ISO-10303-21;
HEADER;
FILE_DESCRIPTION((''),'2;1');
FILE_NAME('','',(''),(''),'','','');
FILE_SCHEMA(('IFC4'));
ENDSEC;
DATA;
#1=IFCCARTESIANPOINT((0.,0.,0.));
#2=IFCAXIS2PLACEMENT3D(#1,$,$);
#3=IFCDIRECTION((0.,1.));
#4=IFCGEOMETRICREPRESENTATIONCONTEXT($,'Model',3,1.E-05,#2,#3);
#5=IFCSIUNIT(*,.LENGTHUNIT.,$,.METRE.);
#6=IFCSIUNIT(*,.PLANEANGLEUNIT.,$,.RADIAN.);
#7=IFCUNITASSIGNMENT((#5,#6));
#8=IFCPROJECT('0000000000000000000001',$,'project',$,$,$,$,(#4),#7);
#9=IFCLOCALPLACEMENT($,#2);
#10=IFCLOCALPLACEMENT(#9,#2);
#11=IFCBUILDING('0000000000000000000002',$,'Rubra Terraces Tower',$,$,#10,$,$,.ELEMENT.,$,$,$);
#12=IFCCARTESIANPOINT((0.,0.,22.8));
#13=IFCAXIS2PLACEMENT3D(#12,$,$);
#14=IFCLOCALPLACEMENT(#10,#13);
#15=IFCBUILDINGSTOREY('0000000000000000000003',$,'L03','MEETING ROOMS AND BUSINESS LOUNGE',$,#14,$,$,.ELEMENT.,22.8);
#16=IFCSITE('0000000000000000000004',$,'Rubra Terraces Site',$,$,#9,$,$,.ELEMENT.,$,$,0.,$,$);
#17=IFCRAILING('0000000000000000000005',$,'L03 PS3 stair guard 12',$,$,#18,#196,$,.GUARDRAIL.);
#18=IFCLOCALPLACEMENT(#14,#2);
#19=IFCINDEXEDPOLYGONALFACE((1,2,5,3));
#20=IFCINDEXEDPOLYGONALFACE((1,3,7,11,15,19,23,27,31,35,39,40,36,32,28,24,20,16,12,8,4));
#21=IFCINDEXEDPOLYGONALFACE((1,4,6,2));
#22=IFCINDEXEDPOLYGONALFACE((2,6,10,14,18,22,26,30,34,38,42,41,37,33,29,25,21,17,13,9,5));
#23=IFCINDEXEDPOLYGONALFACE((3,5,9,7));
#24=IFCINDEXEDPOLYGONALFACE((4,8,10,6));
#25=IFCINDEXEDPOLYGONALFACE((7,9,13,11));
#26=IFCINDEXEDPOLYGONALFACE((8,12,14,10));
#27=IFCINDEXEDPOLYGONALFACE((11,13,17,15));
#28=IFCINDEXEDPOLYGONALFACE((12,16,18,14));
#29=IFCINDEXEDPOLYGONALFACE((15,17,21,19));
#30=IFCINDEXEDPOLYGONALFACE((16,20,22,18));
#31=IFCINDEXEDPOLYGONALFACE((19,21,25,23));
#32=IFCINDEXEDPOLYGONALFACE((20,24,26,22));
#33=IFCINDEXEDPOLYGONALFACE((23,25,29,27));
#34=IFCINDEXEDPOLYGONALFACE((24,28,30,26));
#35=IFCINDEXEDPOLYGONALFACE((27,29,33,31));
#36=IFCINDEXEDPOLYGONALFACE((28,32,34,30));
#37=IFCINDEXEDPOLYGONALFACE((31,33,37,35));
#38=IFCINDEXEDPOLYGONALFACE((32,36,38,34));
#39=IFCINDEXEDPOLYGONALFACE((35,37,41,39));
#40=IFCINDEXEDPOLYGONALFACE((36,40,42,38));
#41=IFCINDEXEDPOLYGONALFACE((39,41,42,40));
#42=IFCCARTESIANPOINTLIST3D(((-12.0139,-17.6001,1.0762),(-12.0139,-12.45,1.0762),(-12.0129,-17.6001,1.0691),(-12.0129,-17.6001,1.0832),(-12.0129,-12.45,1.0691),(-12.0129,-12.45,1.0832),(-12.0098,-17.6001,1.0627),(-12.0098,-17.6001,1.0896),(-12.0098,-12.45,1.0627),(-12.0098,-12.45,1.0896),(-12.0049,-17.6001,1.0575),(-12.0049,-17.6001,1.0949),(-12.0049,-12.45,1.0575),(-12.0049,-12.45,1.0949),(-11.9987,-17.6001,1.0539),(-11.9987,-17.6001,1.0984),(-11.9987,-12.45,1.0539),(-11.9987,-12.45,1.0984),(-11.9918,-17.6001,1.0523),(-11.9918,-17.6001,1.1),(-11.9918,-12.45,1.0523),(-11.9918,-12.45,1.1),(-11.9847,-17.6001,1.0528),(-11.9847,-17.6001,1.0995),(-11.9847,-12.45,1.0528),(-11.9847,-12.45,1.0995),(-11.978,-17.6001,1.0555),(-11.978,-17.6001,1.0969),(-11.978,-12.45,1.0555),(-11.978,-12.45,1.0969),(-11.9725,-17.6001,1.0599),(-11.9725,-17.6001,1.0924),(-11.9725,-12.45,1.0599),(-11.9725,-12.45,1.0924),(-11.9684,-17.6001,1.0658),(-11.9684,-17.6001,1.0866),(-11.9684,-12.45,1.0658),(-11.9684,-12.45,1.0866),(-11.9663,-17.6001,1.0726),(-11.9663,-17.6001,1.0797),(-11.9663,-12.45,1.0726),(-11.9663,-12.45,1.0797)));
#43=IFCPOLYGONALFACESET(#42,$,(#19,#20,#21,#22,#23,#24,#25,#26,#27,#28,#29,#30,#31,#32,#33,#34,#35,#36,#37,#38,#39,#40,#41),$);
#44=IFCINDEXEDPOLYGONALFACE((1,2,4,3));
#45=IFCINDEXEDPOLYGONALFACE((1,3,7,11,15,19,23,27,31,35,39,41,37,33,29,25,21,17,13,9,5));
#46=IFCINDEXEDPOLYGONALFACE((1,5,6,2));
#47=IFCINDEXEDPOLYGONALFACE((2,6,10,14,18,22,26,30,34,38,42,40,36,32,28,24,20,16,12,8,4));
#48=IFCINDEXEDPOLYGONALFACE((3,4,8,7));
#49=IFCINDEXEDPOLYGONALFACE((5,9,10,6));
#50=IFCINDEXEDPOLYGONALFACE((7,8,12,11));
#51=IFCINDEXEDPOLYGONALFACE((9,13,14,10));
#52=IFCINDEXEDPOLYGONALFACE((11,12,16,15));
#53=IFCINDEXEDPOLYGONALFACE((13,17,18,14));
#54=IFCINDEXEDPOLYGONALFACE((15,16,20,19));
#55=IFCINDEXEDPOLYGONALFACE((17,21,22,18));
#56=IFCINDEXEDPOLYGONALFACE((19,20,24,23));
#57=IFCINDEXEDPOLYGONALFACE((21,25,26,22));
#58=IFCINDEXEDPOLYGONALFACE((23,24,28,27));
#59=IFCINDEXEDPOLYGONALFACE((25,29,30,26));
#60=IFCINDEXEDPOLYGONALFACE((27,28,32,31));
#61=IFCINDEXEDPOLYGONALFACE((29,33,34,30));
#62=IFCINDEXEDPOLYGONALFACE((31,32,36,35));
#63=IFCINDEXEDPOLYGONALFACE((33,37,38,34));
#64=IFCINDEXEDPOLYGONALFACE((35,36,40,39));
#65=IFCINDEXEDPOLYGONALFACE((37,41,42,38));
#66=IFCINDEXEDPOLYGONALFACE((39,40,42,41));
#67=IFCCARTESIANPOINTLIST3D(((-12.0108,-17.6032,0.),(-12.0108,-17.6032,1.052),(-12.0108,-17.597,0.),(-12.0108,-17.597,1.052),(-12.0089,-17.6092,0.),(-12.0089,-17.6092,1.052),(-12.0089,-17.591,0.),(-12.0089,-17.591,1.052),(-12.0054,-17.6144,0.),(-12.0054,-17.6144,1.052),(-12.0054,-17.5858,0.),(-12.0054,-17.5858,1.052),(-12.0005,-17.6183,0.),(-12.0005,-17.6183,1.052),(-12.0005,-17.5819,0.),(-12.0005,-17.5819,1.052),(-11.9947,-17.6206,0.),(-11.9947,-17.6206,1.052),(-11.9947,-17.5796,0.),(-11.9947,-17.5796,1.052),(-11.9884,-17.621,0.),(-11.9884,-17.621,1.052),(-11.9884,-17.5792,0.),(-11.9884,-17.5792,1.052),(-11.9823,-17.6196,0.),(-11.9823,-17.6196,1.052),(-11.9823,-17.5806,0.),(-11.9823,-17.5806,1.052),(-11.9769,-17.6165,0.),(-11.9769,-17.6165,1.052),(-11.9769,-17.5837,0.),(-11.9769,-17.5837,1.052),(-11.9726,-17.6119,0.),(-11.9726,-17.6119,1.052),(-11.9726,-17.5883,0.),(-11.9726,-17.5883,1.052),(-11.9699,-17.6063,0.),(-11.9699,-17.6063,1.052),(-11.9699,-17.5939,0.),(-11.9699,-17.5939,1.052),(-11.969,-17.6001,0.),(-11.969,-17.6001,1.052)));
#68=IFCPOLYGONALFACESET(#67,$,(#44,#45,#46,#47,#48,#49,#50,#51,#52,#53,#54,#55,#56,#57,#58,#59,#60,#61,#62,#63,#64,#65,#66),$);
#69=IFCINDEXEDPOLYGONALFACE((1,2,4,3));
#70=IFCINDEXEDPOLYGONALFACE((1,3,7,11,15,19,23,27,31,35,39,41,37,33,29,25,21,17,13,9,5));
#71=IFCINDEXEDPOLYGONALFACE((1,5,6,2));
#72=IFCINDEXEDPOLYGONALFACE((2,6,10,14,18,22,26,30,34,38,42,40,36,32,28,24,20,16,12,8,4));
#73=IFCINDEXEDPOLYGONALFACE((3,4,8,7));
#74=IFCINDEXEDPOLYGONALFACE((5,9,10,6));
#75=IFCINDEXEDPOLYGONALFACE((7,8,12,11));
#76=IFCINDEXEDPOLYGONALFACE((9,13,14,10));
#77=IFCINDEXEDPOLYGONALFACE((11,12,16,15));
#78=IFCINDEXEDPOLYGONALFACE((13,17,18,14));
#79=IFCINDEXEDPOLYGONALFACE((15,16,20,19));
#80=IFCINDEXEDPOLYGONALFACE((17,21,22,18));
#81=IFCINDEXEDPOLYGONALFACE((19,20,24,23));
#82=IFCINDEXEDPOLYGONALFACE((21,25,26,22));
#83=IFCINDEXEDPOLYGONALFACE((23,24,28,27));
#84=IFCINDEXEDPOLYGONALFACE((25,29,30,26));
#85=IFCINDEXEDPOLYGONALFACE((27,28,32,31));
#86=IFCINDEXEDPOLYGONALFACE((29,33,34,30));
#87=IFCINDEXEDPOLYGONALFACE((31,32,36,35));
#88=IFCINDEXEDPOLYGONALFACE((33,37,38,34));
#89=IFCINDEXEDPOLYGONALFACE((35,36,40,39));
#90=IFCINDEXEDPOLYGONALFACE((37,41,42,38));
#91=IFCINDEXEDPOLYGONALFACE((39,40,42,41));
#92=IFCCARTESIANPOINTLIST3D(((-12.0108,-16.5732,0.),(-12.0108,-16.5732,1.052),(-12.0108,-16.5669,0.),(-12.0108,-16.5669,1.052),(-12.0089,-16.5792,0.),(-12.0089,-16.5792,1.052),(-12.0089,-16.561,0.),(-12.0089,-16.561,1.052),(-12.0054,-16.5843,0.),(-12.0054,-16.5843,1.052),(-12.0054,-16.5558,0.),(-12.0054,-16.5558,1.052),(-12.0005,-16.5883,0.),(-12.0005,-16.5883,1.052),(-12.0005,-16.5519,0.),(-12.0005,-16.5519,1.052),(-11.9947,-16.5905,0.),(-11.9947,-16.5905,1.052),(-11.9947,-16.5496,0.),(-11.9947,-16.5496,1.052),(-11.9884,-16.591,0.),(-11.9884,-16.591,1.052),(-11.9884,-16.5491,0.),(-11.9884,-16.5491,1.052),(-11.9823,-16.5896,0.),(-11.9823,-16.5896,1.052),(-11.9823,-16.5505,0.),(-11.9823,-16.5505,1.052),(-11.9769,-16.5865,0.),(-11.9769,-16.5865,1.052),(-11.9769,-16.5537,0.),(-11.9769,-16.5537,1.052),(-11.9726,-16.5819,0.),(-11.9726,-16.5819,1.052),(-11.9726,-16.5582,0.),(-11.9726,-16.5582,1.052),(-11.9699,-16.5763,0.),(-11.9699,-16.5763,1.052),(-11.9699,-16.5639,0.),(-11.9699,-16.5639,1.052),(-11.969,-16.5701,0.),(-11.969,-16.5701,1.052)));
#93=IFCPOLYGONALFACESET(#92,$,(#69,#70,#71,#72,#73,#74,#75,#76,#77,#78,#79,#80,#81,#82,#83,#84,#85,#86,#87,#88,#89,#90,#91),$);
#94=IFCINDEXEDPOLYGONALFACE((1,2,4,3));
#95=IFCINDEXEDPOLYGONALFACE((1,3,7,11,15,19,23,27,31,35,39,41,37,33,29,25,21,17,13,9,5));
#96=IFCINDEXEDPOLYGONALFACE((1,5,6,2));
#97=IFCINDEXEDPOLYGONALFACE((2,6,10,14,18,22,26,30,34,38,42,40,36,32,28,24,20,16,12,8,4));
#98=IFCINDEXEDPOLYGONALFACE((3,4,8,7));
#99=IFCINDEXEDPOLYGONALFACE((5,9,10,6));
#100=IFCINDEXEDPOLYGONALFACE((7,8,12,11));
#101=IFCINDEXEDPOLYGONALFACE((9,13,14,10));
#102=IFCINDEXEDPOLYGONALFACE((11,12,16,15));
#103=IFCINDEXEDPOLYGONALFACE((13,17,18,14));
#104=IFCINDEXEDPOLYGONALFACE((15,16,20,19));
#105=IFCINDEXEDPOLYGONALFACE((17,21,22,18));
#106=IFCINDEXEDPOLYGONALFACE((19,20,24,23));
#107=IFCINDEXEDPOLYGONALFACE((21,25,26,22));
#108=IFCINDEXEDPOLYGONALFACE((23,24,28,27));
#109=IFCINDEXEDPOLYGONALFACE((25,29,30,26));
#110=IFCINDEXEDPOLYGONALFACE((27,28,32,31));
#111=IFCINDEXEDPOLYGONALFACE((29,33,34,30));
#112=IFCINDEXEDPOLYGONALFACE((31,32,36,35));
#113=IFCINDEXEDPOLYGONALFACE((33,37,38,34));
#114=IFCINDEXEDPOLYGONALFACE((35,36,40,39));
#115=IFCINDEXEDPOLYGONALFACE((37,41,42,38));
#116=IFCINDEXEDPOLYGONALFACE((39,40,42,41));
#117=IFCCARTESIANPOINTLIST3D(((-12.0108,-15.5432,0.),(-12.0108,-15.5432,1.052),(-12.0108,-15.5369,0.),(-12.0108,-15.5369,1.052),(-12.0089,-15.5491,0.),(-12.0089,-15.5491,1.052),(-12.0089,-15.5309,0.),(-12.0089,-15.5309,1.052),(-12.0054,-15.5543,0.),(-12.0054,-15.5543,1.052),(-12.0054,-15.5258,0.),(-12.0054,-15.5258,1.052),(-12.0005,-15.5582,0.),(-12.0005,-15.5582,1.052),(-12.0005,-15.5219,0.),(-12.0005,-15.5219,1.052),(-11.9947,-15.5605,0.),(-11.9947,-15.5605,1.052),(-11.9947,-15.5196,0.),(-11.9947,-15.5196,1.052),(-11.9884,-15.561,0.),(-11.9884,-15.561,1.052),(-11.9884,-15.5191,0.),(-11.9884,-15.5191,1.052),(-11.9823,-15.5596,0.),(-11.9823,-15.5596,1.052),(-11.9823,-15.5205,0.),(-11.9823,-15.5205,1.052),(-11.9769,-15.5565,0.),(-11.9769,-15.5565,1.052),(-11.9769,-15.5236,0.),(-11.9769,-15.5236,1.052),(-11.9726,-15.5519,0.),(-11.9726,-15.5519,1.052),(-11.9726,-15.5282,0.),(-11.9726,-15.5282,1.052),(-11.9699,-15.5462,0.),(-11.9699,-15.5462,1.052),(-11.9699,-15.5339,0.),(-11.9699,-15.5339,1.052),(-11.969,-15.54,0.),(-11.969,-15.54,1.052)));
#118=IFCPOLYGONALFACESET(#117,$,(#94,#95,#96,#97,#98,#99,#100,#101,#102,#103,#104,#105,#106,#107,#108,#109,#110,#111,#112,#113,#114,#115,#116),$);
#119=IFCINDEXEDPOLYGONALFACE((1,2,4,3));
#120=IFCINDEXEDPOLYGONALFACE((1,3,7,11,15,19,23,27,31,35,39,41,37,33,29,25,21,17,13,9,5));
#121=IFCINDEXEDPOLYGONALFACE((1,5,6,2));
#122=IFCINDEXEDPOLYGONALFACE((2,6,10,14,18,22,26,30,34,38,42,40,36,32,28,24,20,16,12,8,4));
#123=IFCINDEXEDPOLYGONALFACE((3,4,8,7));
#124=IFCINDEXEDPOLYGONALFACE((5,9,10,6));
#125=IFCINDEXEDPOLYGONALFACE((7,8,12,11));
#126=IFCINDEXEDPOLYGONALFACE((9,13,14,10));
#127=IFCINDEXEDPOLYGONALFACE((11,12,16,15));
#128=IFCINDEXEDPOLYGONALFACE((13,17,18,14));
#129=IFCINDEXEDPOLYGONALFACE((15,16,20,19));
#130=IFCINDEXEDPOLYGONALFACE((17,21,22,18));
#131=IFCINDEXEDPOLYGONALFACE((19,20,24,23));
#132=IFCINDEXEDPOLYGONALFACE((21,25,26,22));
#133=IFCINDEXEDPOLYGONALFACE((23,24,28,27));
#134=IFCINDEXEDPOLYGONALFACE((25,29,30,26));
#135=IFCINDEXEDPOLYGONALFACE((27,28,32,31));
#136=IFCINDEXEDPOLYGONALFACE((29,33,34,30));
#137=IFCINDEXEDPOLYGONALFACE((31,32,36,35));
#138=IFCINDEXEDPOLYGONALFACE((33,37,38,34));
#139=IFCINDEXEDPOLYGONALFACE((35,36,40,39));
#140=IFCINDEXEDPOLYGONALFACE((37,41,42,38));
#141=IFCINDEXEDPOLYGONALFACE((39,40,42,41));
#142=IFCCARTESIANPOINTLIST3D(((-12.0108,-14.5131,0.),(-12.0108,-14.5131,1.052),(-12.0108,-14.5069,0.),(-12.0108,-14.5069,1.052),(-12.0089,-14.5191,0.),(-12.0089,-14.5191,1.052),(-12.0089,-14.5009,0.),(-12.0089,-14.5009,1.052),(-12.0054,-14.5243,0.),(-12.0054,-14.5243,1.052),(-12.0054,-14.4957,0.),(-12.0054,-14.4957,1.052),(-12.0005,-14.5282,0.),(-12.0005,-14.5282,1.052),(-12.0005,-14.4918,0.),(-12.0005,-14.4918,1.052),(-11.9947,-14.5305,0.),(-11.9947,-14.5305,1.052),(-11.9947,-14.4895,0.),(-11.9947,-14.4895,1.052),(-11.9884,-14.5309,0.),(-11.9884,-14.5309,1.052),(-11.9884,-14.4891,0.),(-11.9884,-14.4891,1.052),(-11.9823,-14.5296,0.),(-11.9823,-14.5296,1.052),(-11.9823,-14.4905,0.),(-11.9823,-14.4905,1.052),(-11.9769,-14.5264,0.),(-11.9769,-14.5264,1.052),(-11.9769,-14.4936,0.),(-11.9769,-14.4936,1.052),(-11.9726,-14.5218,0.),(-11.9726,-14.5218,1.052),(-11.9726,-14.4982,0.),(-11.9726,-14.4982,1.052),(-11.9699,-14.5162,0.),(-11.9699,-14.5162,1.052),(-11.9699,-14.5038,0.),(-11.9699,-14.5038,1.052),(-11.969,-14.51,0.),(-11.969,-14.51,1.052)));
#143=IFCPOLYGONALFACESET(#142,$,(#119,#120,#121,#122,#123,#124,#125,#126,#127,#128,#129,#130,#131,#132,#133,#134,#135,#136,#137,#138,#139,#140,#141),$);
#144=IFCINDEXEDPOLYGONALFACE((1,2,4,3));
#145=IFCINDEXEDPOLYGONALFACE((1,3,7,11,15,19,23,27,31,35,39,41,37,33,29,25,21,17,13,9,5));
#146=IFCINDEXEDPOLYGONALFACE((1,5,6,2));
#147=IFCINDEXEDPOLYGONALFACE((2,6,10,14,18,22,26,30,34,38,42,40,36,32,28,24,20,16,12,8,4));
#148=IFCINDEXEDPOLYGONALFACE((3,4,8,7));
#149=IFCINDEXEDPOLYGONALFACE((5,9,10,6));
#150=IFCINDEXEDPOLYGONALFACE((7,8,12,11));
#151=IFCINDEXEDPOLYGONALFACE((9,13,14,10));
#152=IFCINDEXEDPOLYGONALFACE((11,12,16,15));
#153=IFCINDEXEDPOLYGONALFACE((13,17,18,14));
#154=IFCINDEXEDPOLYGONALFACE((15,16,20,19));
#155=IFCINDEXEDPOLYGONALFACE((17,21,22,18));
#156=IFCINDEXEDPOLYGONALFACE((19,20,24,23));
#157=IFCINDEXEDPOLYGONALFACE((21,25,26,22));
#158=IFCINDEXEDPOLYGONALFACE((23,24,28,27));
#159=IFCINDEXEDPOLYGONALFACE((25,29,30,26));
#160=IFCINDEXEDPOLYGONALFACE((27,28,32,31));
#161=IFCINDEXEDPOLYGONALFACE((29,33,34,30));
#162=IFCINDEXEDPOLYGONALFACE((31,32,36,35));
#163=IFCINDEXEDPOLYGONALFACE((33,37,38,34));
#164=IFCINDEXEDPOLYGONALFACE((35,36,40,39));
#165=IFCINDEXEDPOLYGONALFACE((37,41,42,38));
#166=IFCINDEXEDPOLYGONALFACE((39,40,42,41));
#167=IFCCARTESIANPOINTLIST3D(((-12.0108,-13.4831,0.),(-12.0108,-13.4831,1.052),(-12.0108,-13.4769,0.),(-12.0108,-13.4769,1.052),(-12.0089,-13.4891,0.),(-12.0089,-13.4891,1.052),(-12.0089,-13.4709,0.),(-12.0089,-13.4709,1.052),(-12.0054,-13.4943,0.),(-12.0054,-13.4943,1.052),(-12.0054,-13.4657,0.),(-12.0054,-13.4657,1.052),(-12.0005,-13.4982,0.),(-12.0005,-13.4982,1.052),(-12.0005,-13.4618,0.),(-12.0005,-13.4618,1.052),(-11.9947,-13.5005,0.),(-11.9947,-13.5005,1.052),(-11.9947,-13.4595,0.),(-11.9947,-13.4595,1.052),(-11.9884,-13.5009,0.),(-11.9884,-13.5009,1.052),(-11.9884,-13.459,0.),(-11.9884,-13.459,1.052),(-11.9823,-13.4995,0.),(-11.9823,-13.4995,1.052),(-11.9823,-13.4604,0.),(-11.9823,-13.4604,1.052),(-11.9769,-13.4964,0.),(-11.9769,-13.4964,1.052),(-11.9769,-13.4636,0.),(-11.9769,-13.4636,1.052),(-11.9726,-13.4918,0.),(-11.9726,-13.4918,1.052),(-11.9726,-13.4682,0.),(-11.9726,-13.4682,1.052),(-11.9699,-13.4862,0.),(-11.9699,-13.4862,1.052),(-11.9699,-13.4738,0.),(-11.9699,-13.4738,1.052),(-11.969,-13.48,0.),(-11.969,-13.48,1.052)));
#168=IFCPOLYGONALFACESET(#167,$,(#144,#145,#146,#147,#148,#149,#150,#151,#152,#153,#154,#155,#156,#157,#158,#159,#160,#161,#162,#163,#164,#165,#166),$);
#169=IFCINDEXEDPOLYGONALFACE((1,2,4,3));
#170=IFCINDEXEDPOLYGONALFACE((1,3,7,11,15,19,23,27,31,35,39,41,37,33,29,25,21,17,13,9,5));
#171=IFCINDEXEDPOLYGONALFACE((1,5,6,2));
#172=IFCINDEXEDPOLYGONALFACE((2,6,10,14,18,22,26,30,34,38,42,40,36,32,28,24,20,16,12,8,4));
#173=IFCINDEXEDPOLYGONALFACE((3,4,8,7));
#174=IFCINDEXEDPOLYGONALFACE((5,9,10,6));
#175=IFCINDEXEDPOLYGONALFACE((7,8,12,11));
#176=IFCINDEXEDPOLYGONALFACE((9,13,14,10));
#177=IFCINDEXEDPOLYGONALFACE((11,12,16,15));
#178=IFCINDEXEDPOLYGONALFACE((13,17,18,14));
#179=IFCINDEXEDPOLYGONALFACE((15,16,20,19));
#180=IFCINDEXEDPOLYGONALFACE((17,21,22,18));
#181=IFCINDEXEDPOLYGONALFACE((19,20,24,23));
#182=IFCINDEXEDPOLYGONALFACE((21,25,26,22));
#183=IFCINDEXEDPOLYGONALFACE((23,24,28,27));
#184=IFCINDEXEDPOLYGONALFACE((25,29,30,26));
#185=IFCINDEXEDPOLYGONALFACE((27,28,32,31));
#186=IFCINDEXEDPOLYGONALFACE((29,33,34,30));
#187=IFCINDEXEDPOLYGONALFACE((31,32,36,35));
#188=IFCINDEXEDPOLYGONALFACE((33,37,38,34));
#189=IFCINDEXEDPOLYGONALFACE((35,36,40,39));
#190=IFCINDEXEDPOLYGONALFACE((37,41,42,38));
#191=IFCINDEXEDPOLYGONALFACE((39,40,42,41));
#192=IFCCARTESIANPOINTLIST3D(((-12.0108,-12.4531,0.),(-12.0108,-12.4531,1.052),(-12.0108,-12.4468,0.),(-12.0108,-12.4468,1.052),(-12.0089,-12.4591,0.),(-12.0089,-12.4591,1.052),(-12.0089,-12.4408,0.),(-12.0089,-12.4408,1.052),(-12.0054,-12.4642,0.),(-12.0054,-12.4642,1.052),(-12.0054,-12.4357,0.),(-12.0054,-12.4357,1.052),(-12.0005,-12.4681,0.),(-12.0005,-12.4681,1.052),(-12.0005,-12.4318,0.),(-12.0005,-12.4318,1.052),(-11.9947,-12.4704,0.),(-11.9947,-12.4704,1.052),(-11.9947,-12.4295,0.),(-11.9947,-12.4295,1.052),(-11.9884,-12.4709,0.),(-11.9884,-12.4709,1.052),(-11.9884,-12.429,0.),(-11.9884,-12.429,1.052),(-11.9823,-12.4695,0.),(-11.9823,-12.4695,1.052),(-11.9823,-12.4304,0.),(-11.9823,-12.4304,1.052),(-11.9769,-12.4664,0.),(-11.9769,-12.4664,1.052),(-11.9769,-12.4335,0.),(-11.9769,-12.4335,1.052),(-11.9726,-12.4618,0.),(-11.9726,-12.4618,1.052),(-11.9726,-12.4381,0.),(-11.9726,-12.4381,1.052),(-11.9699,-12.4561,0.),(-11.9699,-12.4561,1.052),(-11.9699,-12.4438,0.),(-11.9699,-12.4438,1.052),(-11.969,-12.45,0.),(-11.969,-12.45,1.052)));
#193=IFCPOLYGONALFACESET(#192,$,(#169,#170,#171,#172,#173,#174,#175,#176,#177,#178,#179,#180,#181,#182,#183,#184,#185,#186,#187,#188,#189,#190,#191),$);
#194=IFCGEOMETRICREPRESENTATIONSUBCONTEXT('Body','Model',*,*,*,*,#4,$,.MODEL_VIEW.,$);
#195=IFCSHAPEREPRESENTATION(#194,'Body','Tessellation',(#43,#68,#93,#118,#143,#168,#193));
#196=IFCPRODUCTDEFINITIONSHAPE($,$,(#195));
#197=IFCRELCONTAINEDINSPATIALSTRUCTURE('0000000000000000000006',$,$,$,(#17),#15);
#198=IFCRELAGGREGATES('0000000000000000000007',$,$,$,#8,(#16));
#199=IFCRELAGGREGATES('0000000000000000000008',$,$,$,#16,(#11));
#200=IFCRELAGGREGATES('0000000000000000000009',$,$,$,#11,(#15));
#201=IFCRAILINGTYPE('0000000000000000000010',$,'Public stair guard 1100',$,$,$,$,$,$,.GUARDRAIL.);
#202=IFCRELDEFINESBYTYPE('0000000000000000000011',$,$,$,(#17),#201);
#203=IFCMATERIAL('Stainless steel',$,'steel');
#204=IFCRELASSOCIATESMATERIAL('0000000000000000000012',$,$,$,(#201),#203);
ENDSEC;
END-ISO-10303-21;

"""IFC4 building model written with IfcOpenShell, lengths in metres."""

from ifc_helpers import new_model, si_unit, direction, frame, origin, origin_2d, place, context, subcontext, project, spatial, circle, extrude, material, type_object, element, save


model = new_model("IFC4")

# Units and contexts
model_context = context("Model", 3, precision=1e-05, world=origin(), true_north=direction((0.0, 1.0)))
body_context = subcontext(model_context, "Body", "Model", "MODEL_VIEW")
ifc_project = project(units=[si_unit("LENGTHUNIT", "METRE"), si_unit("PLANEANGLEUNIT", "RADIAN")], contexts=[model_context])

# Site, building, storey
site_placement = place(None, origin())
site = spatial("IfcSite", under=ifc_project, at=site_placement, Name="Rubra Terraces Site", CompositionType="ELEMENT", RefElevation=0.0)
building_placement = place(site_placement, origin())
building = spatial("IfcBuilding", under=site, at=building_placement, Name="Rubra Terraces Tower", CompositionType="ELEMENT")
storey_placement = place(building_placement, frame((0.0, 0.0, 22.8)))
storey = spatial("IfcBuildingStorey", under=building, at=storey_placement, Name="L03", Description="MEETING ROOMS AND BUSINESS LOUNGE", CompositionType="ELEMENT", Elevation=22.8)

# Railing
ifc_material_1 = material(Name="Stainless steel", Category="steel")
railing_type = type_object("IfcRailingType", Name="Public stair guard 1100", PredefinedType="GUARDRAIL", material=ifc_material_1)
railing_1_placement = place(storey_placement, frame((-11.99, -17.6001, 0.0)))
element("IfcRailing", 1, at=railing_1_placement, inside=storey, type_object=railing_type, Name="L03 PS3 stair guard 12", PredefinedType="GUARDRAIL", context=body_context, shape_type="SweptSolid", body=[
    extrude(circle(Radius=0.0239, at=origin_2d()), frame((0.0, 0.0, 1.0762), z_axis=(0.0, 1.0, 0.0), x_axis=(-1.0, 0.0, 0.0)), (0.0, 0.0, 1.0), 5.1501),
    extrude(circle(Radius=0.021, at=origin_2d()), origin(), (0.0, 0.0, 1.0), 1.052),
    extrude(circle(Radius=0.021, at=origin_2d()), frame((0.0, 1.03, 0.0)), (0.0, 0.0, 1.0), 1.052),
    extrude(circle(Radius=0.021, at=origin_2d()), frame((0.0, 2.0601, 0.0)), (0.0, 0.0, 1.0), 1.052),
    extrude(circle(Radius=0.021, at=origin_2d()), frame((0.0, 3.0901, 0.0)), (0.0, 0.0, 1.0), 1.052),
    extrude(circle(Radius=0.021, at=origin_2d()), frame((0.0, 4.1201, 0.0)), (0.0, 0.0, 1.0), 1.052),
    extrude(circle(Radius=0.021, at=origin_2d()), frame((0.0, 5.1501, 0.0)), (0.0, 0.0, 1.0), 1.052),
])

save(model, "model.ifc")
